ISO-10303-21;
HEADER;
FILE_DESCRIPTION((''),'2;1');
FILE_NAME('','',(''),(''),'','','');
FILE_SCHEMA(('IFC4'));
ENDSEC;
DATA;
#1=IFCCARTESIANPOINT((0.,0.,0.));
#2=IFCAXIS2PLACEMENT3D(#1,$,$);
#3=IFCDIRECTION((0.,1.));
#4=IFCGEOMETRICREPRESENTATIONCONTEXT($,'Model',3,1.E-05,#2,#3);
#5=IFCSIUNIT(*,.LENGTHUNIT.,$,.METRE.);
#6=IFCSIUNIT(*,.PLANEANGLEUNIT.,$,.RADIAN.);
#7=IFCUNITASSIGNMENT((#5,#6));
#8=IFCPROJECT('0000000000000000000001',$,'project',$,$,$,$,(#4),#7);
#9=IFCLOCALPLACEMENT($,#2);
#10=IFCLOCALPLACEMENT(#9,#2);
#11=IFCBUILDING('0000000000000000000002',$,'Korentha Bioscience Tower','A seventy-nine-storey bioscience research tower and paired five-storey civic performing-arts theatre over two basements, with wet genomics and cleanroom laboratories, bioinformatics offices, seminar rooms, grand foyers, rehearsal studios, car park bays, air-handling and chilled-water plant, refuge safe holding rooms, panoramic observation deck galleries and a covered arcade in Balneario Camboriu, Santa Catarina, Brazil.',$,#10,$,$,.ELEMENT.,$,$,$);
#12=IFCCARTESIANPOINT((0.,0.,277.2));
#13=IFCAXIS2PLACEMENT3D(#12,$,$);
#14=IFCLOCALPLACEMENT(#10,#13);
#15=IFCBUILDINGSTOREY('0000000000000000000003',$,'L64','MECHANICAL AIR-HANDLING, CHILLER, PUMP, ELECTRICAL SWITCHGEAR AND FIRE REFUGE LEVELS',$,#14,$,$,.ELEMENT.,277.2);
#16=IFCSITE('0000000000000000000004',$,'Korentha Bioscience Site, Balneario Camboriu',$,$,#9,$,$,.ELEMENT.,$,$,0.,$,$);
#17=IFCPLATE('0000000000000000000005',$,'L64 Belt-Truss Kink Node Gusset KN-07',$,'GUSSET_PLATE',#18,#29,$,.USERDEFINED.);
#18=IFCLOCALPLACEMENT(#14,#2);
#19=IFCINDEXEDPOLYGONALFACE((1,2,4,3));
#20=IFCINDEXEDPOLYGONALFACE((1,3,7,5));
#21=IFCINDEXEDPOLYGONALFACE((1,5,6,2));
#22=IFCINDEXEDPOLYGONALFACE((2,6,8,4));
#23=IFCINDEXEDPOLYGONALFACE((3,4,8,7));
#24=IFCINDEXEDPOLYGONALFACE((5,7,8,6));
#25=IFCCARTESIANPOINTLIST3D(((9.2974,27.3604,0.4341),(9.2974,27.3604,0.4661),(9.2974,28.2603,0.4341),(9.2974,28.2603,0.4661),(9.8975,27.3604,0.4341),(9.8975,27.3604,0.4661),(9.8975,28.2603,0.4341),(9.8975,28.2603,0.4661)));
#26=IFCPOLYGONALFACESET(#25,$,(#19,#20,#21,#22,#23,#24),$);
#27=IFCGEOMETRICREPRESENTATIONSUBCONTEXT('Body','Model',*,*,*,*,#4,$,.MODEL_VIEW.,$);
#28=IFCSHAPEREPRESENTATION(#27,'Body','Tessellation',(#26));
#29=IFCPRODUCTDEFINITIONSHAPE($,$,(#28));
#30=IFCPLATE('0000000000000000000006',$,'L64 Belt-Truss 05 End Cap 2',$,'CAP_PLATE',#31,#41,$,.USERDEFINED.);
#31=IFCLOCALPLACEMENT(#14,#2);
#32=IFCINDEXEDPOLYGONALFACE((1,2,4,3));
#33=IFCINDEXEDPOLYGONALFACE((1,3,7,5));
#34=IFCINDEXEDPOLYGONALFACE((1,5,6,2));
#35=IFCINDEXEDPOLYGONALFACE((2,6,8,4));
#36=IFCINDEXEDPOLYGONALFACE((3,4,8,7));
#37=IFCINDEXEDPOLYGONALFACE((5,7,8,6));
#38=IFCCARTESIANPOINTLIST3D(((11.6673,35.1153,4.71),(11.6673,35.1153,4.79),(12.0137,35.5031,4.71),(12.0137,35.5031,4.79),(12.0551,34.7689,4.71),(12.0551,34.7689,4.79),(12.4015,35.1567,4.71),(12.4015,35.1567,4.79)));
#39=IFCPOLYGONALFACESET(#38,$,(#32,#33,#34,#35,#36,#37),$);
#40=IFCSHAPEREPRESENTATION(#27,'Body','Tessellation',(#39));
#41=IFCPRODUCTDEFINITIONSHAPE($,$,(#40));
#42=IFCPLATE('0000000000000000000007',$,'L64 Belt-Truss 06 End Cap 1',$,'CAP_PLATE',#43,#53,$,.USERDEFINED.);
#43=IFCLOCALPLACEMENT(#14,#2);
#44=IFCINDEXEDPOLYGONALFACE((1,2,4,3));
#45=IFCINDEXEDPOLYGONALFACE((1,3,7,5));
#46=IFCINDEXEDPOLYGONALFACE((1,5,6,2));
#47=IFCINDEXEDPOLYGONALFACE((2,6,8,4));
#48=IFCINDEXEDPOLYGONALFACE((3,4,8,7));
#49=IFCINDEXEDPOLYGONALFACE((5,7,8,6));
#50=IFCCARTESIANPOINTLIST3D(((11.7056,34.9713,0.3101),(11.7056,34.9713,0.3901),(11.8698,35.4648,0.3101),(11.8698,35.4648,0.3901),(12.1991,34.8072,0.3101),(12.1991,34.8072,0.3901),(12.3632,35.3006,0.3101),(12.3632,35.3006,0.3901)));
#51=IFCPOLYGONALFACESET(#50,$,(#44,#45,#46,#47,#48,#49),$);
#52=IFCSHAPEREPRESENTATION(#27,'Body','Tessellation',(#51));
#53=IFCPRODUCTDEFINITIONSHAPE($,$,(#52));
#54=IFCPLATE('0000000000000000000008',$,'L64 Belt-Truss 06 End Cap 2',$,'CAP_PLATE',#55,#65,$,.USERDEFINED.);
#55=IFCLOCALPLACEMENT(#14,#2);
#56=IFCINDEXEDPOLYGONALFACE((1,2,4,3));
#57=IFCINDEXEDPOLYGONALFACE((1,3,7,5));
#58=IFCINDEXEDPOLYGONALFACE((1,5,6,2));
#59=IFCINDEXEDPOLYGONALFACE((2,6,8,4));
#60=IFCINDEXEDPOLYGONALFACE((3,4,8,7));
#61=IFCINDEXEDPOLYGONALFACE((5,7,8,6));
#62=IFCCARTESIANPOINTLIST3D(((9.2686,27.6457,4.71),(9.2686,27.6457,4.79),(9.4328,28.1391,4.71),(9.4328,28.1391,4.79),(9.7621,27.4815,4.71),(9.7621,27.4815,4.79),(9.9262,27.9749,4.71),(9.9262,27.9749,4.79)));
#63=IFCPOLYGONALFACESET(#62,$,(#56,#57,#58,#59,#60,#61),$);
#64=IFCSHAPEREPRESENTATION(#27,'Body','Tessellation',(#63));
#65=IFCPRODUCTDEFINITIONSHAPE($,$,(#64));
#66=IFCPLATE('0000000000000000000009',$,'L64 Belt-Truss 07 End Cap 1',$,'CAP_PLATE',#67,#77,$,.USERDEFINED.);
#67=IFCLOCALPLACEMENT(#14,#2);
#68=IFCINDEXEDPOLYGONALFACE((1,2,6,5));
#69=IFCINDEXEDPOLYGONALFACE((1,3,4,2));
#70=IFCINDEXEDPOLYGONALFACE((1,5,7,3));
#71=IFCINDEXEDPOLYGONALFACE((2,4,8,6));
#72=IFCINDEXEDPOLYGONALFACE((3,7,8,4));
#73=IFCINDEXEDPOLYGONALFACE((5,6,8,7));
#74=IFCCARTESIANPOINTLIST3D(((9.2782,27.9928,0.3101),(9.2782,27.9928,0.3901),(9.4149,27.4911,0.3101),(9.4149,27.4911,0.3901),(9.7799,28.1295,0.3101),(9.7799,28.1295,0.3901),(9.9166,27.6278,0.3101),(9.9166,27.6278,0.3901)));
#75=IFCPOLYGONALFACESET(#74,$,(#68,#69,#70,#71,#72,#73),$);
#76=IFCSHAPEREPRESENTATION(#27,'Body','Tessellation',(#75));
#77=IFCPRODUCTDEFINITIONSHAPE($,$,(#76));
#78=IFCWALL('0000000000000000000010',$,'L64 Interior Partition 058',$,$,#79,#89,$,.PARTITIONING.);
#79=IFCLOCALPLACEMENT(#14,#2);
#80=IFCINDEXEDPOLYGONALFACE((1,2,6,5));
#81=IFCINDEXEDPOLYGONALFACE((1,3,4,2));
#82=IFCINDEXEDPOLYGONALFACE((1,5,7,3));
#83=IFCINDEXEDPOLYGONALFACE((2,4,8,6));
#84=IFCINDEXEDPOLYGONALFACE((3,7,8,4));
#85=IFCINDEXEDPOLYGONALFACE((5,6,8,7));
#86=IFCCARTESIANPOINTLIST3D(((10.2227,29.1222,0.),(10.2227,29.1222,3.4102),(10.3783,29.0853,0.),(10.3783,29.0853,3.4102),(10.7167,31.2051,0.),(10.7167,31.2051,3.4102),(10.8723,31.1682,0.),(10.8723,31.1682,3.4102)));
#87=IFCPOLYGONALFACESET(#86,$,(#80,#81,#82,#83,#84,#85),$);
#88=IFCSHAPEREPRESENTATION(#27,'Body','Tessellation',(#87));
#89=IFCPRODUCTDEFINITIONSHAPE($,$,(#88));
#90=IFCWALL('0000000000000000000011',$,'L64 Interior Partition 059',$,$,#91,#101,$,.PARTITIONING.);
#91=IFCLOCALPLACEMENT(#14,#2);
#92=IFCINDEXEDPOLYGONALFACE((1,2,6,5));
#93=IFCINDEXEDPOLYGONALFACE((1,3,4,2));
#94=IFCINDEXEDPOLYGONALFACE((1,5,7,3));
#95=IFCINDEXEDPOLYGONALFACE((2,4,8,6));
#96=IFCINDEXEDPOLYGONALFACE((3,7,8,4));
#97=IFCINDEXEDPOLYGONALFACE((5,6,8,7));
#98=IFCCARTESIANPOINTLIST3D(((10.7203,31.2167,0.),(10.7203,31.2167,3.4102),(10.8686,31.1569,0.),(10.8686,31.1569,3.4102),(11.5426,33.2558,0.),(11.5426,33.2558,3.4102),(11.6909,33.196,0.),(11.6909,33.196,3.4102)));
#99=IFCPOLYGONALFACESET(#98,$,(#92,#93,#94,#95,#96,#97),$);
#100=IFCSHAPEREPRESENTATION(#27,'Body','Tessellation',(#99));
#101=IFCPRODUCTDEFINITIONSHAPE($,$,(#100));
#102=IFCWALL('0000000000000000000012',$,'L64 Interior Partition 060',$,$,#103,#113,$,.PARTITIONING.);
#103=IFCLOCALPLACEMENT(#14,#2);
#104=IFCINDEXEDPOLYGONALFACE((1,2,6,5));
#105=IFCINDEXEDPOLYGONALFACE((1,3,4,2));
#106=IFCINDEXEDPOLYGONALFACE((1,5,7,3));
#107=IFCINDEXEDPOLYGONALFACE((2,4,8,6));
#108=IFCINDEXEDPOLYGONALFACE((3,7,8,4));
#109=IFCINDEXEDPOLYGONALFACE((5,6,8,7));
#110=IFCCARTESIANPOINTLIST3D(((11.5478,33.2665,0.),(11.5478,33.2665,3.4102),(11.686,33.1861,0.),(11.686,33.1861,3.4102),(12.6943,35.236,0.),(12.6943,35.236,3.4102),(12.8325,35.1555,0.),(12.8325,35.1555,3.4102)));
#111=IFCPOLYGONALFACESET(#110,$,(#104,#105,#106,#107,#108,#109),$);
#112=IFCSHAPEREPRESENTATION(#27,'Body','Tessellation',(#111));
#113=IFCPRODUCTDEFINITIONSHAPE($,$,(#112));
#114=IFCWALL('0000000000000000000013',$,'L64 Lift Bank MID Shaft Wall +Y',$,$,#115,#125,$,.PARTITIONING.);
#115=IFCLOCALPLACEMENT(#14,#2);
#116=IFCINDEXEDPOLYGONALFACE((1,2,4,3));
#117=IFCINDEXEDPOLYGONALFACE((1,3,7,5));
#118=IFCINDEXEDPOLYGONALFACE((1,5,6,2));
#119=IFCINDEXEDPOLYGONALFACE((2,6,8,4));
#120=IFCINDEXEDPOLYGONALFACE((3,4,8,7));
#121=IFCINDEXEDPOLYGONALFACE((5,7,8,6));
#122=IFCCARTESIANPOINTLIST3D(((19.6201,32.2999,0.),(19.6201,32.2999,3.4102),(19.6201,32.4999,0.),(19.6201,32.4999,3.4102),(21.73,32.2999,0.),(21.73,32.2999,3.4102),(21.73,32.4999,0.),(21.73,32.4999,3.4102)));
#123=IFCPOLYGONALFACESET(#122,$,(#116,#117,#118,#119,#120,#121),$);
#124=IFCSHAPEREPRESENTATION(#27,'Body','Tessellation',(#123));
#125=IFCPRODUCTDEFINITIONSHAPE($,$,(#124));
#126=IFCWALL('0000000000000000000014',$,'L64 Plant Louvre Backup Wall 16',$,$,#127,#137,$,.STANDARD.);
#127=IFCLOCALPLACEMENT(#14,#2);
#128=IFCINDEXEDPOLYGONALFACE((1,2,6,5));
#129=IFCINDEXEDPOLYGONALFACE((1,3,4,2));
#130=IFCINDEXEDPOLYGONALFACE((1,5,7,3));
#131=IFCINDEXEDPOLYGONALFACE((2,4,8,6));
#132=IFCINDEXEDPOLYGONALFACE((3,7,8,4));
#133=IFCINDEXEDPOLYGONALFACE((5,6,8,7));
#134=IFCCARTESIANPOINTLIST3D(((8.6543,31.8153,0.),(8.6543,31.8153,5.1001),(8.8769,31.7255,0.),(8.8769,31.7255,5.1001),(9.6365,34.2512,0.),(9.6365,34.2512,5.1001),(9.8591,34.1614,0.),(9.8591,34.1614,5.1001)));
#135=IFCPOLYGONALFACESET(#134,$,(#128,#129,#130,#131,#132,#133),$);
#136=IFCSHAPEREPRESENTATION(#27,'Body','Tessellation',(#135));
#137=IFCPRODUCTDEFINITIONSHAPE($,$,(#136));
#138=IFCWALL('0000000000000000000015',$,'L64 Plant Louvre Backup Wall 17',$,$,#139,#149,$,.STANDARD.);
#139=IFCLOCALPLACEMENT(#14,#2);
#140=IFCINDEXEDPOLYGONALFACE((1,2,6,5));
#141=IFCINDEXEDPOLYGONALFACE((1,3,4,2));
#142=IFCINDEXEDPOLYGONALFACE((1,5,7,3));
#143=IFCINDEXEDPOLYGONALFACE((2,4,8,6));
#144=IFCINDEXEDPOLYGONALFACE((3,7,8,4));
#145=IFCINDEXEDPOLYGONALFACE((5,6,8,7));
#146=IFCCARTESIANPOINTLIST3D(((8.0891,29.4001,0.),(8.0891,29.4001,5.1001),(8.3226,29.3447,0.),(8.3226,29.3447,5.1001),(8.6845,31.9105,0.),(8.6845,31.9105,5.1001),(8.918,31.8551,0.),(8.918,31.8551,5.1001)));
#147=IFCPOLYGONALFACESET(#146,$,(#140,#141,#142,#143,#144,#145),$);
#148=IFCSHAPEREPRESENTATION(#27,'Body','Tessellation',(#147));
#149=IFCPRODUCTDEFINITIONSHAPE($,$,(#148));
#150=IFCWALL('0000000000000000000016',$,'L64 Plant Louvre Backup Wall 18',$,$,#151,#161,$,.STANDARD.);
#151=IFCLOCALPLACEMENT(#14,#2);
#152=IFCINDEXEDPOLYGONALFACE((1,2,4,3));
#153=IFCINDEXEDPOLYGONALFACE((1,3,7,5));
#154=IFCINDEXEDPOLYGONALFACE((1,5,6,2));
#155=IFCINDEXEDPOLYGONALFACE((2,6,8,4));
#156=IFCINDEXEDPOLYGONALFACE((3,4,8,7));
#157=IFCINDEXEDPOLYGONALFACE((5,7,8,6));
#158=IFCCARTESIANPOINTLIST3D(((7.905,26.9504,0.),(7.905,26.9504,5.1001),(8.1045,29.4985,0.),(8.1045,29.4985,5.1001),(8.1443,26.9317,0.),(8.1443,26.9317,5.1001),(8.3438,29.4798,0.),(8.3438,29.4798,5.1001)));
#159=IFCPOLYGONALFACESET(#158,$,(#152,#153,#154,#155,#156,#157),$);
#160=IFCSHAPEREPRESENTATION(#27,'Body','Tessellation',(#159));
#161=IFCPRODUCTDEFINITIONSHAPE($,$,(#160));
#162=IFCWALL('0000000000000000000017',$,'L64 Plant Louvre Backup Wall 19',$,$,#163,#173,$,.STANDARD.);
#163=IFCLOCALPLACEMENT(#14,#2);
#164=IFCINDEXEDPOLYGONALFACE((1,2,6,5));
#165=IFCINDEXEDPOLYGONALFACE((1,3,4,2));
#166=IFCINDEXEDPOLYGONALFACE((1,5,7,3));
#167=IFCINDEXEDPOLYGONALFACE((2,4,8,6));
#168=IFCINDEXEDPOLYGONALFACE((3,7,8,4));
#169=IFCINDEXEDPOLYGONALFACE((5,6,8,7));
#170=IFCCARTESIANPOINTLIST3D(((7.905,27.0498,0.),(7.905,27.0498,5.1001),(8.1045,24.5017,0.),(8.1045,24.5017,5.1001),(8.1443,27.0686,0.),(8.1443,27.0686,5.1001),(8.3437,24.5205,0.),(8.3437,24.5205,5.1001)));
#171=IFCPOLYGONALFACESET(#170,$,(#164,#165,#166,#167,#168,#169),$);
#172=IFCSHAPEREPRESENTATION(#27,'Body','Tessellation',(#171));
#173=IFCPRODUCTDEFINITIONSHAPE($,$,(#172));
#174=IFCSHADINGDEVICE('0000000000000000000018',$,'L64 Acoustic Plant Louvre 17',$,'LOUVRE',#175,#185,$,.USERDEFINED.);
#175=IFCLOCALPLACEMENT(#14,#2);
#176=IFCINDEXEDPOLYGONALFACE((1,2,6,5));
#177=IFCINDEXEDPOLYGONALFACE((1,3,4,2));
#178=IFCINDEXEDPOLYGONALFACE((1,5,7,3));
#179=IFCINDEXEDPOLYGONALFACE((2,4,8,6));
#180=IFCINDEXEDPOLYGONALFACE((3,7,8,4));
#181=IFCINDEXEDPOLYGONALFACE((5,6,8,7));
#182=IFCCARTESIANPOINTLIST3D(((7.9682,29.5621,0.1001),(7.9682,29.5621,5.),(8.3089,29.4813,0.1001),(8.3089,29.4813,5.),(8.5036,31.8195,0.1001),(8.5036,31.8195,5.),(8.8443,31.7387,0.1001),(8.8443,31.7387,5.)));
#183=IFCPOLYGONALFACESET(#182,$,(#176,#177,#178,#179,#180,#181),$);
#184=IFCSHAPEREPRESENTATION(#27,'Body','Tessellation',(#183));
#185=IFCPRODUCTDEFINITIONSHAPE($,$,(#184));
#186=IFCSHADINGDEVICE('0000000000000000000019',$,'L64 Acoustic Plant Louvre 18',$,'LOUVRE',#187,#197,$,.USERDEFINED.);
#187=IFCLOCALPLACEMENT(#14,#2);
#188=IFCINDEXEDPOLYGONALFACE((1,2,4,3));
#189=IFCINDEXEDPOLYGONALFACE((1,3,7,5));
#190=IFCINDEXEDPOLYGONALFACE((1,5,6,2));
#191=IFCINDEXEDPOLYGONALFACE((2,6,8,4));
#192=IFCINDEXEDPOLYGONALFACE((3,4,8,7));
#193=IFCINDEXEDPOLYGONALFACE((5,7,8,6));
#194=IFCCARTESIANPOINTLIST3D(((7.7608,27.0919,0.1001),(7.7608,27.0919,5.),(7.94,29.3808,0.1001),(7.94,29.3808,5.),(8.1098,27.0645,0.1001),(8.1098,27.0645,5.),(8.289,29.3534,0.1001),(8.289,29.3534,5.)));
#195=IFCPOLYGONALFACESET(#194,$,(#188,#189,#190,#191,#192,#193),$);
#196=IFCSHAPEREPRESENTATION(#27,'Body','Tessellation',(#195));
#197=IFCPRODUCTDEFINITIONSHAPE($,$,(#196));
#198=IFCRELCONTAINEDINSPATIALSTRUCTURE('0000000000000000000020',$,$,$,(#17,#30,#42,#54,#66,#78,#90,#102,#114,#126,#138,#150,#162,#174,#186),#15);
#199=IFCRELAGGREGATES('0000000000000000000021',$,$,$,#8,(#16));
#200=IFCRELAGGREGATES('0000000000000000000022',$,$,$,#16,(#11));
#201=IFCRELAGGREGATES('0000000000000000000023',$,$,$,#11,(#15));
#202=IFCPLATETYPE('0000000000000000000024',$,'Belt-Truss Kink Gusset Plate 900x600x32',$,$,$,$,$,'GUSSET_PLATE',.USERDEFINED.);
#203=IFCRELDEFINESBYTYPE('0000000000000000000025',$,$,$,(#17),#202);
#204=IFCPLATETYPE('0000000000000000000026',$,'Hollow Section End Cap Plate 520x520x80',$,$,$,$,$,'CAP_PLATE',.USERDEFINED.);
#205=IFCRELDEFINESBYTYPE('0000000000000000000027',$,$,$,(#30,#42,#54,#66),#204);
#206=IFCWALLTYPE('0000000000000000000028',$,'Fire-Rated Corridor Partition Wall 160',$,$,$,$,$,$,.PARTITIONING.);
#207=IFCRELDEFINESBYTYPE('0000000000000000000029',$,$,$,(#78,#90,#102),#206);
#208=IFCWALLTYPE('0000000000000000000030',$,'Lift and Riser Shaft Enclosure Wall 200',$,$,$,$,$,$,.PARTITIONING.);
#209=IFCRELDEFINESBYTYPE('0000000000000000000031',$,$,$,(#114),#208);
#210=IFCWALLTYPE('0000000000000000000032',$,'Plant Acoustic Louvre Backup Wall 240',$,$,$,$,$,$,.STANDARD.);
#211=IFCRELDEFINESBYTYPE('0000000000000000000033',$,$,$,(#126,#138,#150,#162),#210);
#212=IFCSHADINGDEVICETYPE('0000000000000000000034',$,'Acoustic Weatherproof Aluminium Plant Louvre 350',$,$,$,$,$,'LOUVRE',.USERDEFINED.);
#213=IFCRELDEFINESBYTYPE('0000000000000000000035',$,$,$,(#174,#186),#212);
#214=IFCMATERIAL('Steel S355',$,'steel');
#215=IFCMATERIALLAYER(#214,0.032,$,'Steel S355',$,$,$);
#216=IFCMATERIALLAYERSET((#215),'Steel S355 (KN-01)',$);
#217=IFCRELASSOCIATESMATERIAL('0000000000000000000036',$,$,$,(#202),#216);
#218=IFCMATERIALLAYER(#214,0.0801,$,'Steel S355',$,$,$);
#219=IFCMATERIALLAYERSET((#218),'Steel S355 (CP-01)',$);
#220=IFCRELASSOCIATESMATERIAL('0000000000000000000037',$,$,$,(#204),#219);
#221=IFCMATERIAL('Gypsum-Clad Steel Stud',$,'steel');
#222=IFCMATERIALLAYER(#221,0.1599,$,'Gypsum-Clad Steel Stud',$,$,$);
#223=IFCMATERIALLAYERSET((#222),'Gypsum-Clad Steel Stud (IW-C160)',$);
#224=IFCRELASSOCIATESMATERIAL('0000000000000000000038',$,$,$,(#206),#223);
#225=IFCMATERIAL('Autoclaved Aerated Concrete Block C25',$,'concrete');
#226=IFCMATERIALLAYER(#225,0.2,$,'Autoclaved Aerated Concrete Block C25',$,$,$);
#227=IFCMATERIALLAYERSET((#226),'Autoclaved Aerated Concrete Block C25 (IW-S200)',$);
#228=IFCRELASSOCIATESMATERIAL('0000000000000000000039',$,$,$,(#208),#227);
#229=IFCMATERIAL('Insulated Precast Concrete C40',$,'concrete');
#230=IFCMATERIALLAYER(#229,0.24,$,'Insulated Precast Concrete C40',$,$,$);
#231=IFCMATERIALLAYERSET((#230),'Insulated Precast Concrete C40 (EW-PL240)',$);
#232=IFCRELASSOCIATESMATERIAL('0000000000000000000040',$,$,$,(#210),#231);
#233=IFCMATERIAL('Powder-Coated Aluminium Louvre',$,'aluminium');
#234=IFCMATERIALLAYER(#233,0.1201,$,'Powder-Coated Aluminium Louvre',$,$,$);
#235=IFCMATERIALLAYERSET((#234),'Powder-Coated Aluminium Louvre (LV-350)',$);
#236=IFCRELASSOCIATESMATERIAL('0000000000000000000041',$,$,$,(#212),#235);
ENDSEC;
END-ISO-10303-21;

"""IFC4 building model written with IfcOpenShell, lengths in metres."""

from ifc_helpers import new_model, si_unit, direction, frame, frame_2d, origin, origin_2d, place, context, subcontext, project, spatial, rectangle, extrude, material, layer, layer_set, type_object, element, save


model = new_model("IFC4")

# Units and contexts
model_context = context("Model", 3, precision=1e-05, world=origin(), true_north=direction((0.0, 1.0)))
body_context = subcontext(model_context, "Body", "Model", "MODEL_VIEW")
ifc_project = project(units=[si_unit("LENGTHUNIT", "METRE"), si_unit("PLANEANGLEUNIT", "RADIAN")], contexts=[model_context])

# Site, building, storey
site_placement = place(None, origin())
site = spatial("IfcSite", under=ifc_project, at=site_placement, Name="Korentha Bioscience Site, Balneario Camboriu", CompositionType="ELEMENT", RefElevation=0.0)
building_placement = place(site_placement, origin())
building = spatial("IfcBuilding", under=site, at=building_placement, Name="Korentha Bioscience Tower", Description="A seventy-nine-storey bioscience research tower and paired five-storey civic performing-arts theatre over two basements, with wet genomics and cleanroom laboratories, bioinformatics offices, seminar rooms, grand foyers, rehearsal studios, car park bays, air-handling and chilled-water plant, refuge safe holding rooms, panoramic observation deck galleries and a covered arcade in Balneario Camboriu, Santa Catarina, Brazil.", CompositionType="ELEMENT")
storey_placement = place(building_placement, frame((0.0, 0.0, 277.2)))
storey = spatial("IfcBuildingStorey", under=building, at=storey_placement, Name="L64", Description="MECHANICAL AIR-HANDLING, CHILLER, PUMP, ELECTRICAL SWITCHGEAR AND FIRE REFUGE LEVELS", CompositionType="ELEMENT", Elevation=277.2)

# Shared definitions
ifc_material_1 = material(Name="Steel S355", Category="steel")

# Plates
ifc_layer_1 = layer(ifc_material_1, 0.032, Name="Steel S355")
ifc_layer_set_1 = layer_set([ifc_layer_1], Name="Steel S355 (KN-01)")
plate_type_1 = type_object("IfcPlateType", Name="Belt-Truss Kink Gusset Plate 900x600x32", ElementType="GUSSET_PLATE", PredefinedType="USERDEFINED", material=ifc_layer_set_1)
for number, where, z_axis, x_axis, name in (
    (1, (9.5974, 27.8103, 0.4341), (0.0, 0.0, 1.0), (0.0, 1.0, 0.0), "L64 Belt-Truss Kink Node Gusset KN-07"),
):
    element("IfcPlate", number, at=place(storey_placement, frame(where, z_axis=z_axis, x_axis=x_axis)), inside=storey, type_object=plate_type_1, Name=name, ObjectType="GUSSET_PLATE", PredefinedType="USERDEFINED", context=body_context, shape_type="SweptSolid", body=[
        extrude(rectangle(XDim=0.8999, YDim=0.6001, at=origin_2d()), origin(), (0.0, 0.0, 1.0), 0.032),
    ])
ifc_layer_2 = layer(ifc_material_1, 0.0801, Name="Steel S355")
ifc_layer_set_2 = layer_set([ifc_layer_2], Name="Steel S355 (CP-01)")
plate_type_2 = type_object("IfcPlateType", Name="Hollow Section End Cap Plate 520x520x80", ElementType="CAP_PLATE", PredefinedType="USERDEFINED", material=ifc_layer_set_2)
for number, where, z_axis, x_axis, name in (
    (2, (12.0344, 35.136, 4.71), (0.0, 0.0, 1.0), (0.666142, 0.745825, 0.0), "L64 Belt-Truss 05 End Cap 2"),
    (3, (12.0344, 35.136, 0.3101), (0.0, 0.0, 1.0), (0.315649, 0.948876, 0.0), "L64 Belt-Truss 06 End Cap 1"),
    (4, (9.5974, 27.8103, 4.71), (0.0, 0.0, 1.0), (0.315649, 0.948876, 0.0), "L64 Belt-Truss 06 End Cap 2"),
    (5, (9.5974, 27.8103, 0.3101), (0.0, 0.0, 1.0), (-0.262863, 0.964833, 0.0), "L64 Belt-Truss 07 End Cap 1"),
):
    element("IfcPlate", number, at=place(storey_placement, frame(where, z_axis=z_axis, x_axis=x_axis)), inside=storey, type_object=plate_type_2, Name=name, ObjectType="CAP_PLATE", PredefinedType="USERDEFINED", context=body_context, shape_type="SweptSolid", body=[
        extrude(rectangle(XDim=0.52, YDim=0.52, at=origin_2d()), origin(), (0.0, 0.0, 1.0), 0.0801),
    ])

# Walls
ifc_material_2 = material(Name="Gypsum-Clad Steel Stud", Category="steel")
ifc_layer_3 = layer(ifc_material_2, 0.1599, Name="Gypsum-Clad Steel Stud")
ifc_layer_set_3 = layer_set([ifc_layer_3], Name="Gypsum-Clad Steel Stud (IW-C160)")
wall_type_1 = type_object("IfcWallType", Name="Fire-Rated Corridor Partition Wall 160", PredefinedType="PARTITIONING", material=ifc_layer_set_3)
wall_1_placement = place(storey_placement, frame((10.3005, 29.1038, 0.0), z_axis=(0.0, 0.0, 1.0), x_axis=(0.230736, 0.973016, 0.0)))
element("IfcWall", 6, at=wall_1_placement, inside=storey, type_object=wall_type_1, Name="L64 Interior Partition 058", PredefinedType="PARTITIONING", context=body_context, shape_type="SweptSolid", body=[
    extrude(rectangle(XDim=2.1406, YDim=0.1599, at=frame_2d((1.0703, 0.0))), origin(), (0.0, 0.0, 1.0), 3.4102),
])
wall_2_placement = place(storey_placement, frame((10.7944, 31.1868, 0.0), z_axis=(0.0, 0.0, 1.0), x_axis=(0.373993, 0.927432, 0.0)))
element("IfcWall", 7, at=wall_2_placement, inside=storey, type_object=wall_type_1, Name="L64 Interior Partition 059", PredefinedType="PARTITIONING", context=body_context, shape_type="SweptSolid", body=[
    extrude(rectangle(XDim=2.1987, YDim=0.1599, at=frame_2d((1.0994, 0.0))), origin(), (0.0, 0.0, 1.0), 3.4102),
])
wall_3_placement = place(storey_placement, frame((11.6169, 33.2263, 0.0), z_axis=(0.0, 0.0, 1.0), x_axis=(0.503091, 0.864233, 0.0)))
element("IfcWall", 8, at=wall_3_placement, inside=storey, type_object=wall_type_1, Name="L64 Interior Partition 060", PredefinedType="PARTITIONING", context=body_context, shape_type="SweptSolid", body=[
    extrude(rectangle(XDim=2.2788, YDim=0.1599, at=frame_2d((1.1394, 0.0))), origin(), (0.0, 0.0, 1.0), 3.4102),
])
ifc_material_3 = material(Name="Autoclaved Aerated Concrete Block C25", Category="concrete")
ifc_layer_4 = layer(ifc_material_3, 0.2, Name="Autoclaved Aerated Concrete Block C25")
ifc_layer_set_4 = layer_set([ifc_layer_4], Name="Autoclaved Aerated Concrete Block C25 (IW-S200)")
wall_type_2 = type_object("IfcWallType", Name="Lift and Riser Shaft Enclosure Wall 200", PredefinedType="PARTITIONING", material=ifc_layer_set_4)
wall_4_placement = place(storey_placement, frame((19.6201, 32.3999, 0.0), z_axis=(0.0, 0.0, 1.0), x_axis=(1.0, 0.0, 0.0)))
element("IfcWall", 9, at=wall_4_placement, inside=storey, type_object=wall_type_2, Name="L64 Lift Bank MID Shaft Wall +Y", PredefinedType="PARTITIONING", context=body_context, shape_type="SweptSolid", body=[
    extrude(rectangle(XDim=2.1099, YDim=0.2, at=frame_2d((1.0549, 0.0))), origin(), (0.0, 0.0, 1.0), 3.4102),
])
ifc_material_4 = material(Name="Insulated Precast Concrete C40", Category="concrete")
ifc_layer_5 = layer(ifc_material_4, 0.24, Name="Insulated Precast Concrete C40")
ifc_layer_set_5 = layer_set([ifc_layer_5], Name="Insulated Precast Concrete C40 (EW-PL240)")
wall_type_3 = type_object("IfcWallType", Name="Plant Acoustic Louvre Backup Wall 240", PredefinedType="STANDARD", material=ifc_layer_set_5)
wall_5_placement = place(storey_placement, frame((9.7478, 34.2063, 0.0), z_axis=(0.0, 0.0, 1.0), x_axis=(-0.37397, -0.927441, 0.0)))
element("IfcWall", 10, at=wall_5_placement, inside=storey, type_object=wall_type_3, Name="L64 Plant Louvre Backup Wall 16", PredefinedType="STANDARD", context=body_context, shape_type="SweptSolid", body=[
    extrude(rectangle(XDim=2.6265, YDim=0.24, at=frame_2d((1.3132, 0.0))), origin(), (0.0, 0.0, 1.0), 5.1001),
])
wall_6_placement = place(storey_placement, frame((8.8013, 31.8828, 0.0), z_axis=(0.0, 0.0, 1.0), x_axis=(-0.230785, -0.973005, 0.0)))
element("IfcWall", 11, at=wall_6_placement, inside=storey, type_object=wall_type_3, Name="L64 Plant Louvre Backup Wall 17", PredefinedType="STANDARD", context=body_context, shape_type="SweptSolid", body=[
    extrude(rectangle(XDim=2.5801, YDim=0.24, at=frame_2d((1.29, 0.0))), origin(), (0.0, 0.0, 1.0), 5.1001),
])
for number, where, z_axis, x_axis, name in (
    (12, (8.2241, 29.489, 0.0), (0.0, 0.0, 1.0), (-0.07804, -0.99695, 0.0), "L64 Plant Louvre Backup Wall 18"),
    (13, (8.0247, 27.0591, 0.0), (0.0, 0.0, 1.0), (0.07804, -0.99695, 0.0), "L64 Plant Louvre Backup Wall 19"),
):
    element("IfcWall", number, at=place(storey_placement, frame(where, z_axis=z_axis, x_axis=x_axis)), inside=storey, type_object=wall_type_3, Name=name, PredefinedType="STANDARD", context=body_context, shape_type="SweptSolid", body=[
        extrude(rectangle(XDim=2.5559, YDim=0.24, at=frame_2d((1.2778, 0.0))), origin(), (0.0, 0.0, 1.0), 5.1001),
    ])

# Shading devices
ifc_material_5 = material(Name="Powder-Coated Aluminium Louvre", Category="aluminium")
ifc_layer_6 = layer(ifc_material_5, 0.1201, Name="Powder-Coated Aluminium Louvre")
ifc_layer_set_6 = layer_set([ifc_layer_6], Name="Powder-Coated Aluminium Louvre (LV-350)")
shading_device_type = type_object("IfcShadingDeviceType", Name="Acoustic Weatherproof Aluminium Plant Louvre 350", ElementType="LOUVRE", PredefinedType="USERDEFINED", material=ifc_layer_set_6)
shading_device_1_placement = place(storey_placement, frame((8.4062, 30.6504, 0.1001), z_axis=(0.0, 0.0, 1.0), x_axis=(-0.230754, -0.973012, 0.0)))
element("IfcShadingDevice", 14, at=shading_device_1_placement, inside=storey, type_object=shading_device_type, Name="L64 Acoustic Plant Louvre 17", ObjectType="LOUVRE", PredefinedType="USERDEFINED", context=body_context, shape_type="SweptSolid", body=[
    extrude(rectangle(XDim=2.3201, YDim=0.3501, at=origin_2d()), origin(), (0.0, 0.0, 1.0), 4.8999),
])
shading_device_2_placement = place(storey_placement, frame((8.0249, 28.2227, 0.1001), z_axis=(0.0, 0.0, 1.0), x_axis=(-0.078054, -0.996949, 0.0)))
element("IfcShadingDevice", 15, at=shading_device_2_placement, inside=storey, type_object=shading_device_type, Name="L64 Acoustic Plant Louvre 18", ObjectType="LOUVRE", PredefinedType="USERDEFINED", context=body_context, shape_type="SweptSolid", body=[
    extrude(rectangle(XDim=2.2959, YDim=0.3501, at=origin_2d()), origin(), (0.0, 0.0, 1.0), 4.8999),
])

save(model, "model.ifc")
